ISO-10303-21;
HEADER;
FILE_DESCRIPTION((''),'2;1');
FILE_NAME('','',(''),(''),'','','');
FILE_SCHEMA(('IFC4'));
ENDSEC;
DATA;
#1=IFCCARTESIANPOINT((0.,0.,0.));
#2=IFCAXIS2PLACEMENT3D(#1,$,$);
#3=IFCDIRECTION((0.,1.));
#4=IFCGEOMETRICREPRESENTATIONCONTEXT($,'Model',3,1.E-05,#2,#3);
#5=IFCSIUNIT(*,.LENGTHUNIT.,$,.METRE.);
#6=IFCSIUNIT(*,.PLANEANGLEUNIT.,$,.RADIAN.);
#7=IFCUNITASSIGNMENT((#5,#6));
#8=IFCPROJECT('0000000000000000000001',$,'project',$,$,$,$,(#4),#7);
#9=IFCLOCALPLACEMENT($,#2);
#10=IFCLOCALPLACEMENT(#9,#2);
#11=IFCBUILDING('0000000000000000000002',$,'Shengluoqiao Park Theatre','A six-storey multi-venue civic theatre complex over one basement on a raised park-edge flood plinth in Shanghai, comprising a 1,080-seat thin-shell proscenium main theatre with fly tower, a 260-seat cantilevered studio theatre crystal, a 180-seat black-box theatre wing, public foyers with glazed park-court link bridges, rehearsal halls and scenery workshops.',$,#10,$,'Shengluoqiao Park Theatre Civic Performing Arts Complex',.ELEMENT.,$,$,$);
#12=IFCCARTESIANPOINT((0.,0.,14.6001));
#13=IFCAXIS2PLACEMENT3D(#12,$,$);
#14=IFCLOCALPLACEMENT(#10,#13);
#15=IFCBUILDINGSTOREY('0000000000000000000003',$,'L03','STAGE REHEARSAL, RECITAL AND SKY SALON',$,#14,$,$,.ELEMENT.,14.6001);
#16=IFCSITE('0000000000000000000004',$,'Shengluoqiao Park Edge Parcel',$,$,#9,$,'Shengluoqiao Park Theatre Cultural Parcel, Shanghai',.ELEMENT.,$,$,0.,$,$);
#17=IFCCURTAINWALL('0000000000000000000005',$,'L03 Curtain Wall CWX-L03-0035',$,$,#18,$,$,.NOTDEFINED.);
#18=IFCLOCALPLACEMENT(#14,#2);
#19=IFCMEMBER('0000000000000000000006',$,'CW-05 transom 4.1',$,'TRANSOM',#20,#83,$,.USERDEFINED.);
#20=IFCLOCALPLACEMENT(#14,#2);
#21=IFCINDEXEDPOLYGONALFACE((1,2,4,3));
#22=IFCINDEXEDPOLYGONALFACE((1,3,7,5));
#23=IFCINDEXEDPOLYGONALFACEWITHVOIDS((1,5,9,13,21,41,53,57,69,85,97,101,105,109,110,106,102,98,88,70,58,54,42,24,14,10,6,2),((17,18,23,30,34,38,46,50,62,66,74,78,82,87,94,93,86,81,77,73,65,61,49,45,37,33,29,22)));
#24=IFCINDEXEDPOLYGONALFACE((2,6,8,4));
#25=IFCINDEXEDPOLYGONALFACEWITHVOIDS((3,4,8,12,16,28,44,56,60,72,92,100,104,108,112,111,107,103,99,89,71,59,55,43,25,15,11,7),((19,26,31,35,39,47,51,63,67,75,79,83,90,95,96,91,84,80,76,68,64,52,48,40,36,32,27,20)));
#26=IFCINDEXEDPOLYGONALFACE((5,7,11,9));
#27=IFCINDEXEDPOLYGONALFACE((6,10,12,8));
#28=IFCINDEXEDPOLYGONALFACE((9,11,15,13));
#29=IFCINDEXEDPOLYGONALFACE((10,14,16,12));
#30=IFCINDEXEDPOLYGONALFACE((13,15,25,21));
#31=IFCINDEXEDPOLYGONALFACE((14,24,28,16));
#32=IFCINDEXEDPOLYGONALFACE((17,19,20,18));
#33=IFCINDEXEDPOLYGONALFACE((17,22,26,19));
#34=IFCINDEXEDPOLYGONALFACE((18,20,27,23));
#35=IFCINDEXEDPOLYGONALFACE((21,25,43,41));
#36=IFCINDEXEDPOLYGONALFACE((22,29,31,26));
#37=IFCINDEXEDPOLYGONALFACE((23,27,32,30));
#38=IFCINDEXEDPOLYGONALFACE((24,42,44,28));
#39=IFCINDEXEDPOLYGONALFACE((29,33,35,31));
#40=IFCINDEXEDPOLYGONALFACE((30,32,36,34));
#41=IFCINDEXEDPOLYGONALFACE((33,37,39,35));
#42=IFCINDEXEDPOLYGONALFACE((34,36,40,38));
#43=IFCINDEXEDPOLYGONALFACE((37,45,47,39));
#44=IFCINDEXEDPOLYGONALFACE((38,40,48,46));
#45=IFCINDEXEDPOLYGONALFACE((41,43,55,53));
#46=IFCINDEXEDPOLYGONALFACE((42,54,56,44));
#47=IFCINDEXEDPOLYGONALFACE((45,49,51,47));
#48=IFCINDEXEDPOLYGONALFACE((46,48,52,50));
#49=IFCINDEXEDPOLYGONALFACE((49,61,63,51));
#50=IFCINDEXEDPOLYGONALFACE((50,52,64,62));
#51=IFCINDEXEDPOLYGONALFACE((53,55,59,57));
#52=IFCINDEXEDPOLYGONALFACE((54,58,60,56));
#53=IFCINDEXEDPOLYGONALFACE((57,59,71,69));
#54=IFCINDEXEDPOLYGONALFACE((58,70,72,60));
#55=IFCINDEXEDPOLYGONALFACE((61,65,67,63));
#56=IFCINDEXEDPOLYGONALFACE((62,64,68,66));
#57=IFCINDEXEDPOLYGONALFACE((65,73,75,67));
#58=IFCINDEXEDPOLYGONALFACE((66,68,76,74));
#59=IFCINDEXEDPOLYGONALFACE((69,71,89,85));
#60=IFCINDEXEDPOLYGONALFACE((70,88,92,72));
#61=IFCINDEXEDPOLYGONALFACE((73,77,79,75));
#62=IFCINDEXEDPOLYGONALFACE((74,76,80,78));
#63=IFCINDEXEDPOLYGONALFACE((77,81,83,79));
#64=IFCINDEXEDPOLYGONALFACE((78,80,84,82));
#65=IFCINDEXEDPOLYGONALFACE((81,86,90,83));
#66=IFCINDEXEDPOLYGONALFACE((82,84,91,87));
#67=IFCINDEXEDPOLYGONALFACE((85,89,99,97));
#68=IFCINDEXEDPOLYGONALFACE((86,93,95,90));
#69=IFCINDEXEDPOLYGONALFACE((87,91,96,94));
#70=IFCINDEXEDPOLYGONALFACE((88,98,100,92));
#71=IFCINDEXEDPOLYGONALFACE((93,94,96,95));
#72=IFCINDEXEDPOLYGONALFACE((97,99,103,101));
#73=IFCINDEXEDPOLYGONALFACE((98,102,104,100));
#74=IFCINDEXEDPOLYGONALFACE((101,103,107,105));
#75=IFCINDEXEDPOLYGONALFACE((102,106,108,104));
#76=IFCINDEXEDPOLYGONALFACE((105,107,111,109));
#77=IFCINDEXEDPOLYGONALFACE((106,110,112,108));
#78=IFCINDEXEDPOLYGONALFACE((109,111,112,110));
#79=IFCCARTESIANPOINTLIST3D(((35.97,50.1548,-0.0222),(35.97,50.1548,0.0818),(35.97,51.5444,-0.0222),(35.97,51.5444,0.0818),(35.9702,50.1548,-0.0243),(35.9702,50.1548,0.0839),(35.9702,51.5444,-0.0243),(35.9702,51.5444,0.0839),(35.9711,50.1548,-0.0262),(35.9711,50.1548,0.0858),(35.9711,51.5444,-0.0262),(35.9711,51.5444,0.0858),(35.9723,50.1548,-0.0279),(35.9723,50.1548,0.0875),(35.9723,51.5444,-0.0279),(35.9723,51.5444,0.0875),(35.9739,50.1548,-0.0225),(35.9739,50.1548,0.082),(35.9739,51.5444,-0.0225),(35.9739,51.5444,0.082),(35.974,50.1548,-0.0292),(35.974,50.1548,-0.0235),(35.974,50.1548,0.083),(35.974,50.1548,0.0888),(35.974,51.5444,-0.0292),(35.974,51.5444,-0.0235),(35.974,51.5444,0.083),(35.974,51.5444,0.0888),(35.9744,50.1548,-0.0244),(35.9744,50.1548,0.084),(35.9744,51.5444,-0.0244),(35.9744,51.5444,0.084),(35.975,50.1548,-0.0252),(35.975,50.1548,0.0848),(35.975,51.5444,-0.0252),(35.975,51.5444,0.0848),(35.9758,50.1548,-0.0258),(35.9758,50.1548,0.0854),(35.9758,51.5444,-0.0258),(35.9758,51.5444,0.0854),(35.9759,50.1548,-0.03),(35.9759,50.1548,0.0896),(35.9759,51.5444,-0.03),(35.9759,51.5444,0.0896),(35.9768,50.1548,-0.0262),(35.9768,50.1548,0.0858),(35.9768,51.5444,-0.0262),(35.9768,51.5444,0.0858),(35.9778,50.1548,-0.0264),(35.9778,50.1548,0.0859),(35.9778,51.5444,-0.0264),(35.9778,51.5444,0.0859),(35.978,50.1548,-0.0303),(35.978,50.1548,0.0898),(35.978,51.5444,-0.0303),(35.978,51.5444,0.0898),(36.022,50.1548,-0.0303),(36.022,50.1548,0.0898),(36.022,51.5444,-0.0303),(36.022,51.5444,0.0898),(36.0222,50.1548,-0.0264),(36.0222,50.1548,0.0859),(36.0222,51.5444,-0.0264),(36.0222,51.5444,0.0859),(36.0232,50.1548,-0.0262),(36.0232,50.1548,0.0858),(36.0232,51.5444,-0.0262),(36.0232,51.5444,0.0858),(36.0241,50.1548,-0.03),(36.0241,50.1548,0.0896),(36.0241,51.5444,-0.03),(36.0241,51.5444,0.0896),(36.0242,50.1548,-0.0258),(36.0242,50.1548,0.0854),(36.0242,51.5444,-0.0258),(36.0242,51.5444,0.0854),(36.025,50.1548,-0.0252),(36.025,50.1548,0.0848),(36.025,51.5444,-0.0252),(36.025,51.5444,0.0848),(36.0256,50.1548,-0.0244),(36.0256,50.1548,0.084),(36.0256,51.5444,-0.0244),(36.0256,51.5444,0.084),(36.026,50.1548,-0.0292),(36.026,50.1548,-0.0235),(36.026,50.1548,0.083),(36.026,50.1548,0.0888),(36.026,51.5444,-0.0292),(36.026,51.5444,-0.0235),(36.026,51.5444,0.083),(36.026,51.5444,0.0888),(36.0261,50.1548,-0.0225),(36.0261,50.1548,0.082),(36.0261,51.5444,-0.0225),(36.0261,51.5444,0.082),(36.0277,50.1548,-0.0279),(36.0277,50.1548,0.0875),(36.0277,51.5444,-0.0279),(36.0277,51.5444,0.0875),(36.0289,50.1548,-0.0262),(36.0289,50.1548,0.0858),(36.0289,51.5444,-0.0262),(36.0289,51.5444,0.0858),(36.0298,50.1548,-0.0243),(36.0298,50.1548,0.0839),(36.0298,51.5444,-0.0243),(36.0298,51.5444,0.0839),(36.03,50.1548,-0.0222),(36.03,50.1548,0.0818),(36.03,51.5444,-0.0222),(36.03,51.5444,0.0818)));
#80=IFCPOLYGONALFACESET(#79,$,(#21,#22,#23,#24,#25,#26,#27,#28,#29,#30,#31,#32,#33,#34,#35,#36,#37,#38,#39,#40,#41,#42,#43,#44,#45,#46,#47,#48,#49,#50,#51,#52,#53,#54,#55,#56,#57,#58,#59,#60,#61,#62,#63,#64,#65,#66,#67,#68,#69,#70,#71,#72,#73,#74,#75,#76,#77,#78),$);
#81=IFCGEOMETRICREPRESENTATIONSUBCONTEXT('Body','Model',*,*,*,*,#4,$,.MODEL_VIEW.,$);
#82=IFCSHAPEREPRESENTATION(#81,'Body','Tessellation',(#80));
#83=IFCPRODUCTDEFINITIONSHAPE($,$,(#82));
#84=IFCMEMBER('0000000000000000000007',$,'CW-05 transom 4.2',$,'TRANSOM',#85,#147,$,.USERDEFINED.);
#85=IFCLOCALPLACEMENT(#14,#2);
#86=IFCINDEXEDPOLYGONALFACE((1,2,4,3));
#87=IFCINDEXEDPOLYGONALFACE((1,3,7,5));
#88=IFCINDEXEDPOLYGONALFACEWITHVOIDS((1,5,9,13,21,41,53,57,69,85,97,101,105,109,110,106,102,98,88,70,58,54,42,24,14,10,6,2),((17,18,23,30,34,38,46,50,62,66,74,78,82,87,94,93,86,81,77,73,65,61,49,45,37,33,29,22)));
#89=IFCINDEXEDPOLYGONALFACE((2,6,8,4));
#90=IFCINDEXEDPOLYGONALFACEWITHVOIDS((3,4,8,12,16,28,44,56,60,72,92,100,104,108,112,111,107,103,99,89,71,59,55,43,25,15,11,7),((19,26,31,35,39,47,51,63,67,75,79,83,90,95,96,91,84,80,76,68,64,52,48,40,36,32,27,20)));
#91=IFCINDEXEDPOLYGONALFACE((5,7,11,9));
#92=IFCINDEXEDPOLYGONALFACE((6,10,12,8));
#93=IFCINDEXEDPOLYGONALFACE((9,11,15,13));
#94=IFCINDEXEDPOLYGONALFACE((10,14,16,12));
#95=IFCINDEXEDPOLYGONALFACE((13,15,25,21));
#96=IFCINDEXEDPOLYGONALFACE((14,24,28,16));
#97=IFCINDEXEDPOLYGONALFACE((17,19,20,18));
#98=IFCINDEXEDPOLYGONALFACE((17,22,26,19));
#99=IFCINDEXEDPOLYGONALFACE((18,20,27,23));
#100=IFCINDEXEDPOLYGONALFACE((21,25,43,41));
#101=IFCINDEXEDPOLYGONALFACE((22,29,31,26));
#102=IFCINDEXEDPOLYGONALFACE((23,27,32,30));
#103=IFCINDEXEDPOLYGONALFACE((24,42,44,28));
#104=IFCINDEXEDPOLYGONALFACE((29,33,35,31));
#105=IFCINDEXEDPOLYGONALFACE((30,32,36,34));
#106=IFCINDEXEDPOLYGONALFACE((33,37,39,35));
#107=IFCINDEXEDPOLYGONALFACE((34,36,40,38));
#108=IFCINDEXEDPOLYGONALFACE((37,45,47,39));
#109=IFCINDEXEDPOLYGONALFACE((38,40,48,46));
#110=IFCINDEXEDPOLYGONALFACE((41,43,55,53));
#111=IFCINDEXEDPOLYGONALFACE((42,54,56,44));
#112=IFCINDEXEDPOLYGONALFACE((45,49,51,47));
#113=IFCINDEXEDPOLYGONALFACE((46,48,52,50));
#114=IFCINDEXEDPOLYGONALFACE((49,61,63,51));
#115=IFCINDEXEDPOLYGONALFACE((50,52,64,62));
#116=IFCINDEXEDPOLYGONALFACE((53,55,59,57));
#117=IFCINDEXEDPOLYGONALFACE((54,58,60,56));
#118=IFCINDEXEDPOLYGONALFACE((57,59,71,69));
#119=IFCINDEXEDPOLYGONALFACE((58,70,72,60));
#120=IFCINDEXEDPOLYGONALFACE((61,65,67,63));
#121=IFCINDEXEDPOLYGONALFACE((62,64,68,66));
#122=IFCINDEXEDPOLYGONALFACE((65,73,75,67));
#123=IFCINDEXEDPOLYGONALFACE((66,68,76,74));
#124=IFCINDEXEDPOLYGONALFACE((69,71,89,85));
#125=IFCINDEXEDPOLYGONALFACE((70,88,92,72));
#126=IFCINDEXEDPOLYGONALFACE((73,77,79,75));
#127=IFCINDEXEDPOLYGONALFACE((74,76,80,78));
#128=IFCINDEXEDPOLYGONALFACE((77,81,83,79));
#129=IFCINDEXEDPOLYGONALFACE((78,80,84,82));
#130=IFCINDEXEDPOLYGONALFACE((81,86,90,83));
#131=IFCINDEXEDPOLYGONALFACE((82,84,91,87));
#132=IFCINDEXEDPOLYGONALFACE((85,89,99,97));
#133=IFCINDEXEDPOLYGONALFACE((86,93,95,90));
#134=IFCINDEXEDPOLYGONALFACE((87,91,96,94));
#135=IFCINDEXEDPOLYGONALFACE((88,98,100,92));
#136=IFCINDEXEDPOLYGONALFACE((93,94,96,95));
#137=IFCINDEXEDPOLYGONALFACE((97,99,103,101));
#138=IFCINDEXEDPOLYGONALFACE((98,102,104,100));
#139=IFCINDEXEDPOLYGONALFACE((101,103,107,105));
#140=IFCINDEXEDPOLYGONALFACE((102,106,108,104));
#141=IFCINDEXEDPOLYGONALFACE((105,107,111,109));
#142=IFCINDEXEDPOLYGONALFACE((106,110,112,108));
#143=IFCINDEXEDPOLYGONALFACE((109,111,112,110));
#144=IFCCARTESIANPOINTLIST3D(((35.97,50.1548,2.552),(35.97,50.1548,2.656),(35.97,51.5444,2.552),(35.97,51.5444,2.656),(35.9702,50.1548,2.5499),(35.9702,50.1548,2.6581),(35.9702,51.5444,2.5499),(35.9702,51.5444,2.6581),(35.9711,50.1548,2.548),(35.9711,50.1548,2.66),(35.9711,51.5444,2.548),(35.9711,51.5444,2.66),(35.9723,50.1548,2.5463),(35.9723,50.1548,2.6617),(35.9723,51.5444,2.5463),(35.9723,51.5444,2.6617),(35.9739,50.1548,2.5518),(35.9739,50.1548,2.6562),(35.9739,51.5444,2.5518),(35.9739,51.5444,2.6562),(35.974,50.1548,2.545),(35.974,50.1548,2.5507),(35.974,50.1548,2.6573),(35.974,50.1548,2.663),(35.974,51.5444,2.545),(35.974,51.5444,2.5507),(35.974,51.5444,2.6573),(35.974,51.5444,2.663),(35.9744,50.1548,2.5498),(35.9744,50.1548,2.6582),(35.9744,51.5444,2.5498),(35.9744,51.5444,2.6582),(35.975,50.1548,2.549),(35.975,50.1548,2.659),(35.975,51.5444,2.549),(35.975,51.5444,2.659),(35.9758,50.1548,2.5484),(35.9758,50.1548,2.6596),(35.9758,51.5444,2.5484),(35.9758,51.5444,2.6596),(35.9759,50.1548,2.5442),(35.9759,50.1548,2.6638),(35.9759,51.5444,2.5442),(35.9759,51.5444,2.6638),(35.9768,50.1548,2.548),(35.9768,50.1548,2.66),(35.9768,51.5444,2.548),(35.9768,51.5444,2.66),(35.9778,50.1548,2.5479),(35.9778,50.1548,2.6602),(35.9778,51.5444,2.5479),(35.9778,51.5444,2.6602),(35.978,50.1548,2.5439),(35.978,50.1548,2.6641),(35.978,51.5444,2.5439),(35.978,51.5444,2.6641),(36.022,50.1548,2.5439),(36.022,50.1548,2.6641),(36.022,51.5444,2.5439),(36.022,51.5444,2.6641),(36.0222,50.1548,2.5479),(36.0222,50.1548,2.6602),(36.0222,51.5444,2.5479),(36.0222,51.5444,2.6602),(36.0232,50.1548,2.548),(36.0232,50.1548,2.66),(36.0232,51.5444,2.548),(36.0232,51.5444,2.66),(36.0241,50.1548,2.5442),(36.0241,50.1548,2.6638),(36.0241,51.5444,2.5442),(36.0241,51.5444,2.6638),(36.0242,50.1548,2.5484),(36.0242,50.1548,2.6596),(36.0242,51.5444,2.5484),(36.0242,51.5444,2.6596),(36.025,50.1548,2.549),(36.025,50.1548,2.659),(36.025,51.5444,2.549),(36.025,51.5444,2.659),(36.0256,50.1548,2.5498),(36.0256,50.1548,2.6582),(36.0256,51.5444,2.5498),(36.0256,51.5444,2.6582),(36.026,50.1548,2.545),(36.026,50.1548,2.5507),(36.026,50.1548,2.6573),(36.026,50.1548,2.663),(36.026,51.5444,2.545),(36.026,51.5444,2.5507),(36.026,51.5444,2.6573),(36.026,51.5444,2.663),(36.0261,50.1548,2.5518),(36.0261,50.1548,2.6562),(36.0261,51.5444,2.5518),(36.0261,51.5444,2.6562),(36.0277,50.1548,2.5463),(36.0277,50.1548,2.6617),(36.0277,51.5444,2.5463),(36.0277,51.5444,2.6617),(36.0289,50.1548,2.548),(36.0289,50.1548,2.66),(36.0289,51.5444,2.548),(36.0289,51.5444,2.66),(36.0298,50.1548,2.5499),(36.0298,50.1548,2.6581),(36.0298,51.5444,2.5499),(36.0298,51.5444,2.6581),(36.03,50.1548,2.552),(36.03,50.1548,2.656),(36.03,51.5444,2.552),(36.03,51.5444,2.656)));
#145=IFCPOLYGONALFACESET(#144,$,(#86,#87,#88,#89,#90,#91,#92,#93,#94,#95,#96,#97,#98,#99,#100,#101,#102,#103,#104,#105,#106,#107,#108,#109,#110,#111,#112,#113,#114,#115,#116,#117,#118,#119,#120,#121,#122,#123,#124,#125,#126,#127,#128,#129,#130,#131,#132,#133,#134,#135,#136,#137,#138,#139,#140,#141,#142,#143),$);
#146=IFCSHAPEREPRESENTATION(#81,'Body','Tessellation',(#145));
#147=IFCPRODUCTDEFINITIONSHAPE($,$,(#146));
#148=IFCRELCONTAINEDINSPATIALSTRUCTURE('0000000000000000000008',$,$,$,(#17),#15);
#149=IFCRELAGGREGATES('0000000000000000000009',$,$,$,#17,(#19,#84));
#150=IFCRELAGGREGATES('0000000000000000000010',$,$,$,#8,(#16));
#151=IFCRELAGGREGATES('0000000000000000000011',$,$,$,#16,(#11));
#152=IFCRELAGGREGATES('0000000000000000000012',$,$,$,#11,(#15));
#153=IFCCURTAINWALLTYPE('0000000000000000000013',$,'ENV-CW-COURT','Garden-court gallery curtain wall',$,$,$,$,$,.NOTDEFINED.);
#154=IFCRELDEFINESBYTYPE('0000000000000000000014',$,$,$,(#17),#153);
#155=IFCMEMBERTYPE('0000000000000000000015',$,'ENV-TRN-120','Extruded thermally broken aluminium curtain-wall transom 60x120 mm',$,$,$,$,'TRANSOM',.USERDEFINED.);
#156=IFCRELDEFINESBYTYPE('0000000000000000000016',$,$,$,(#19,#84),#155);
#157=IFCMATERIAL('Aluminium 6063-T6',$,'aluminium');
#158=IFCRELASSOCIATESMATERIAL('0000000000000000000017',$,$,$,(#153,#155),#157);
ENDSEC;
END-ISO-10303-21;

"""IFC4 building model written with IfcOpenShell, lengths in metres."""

from ifc_helpers import new_model, si_unit, direction, frame, origin, origin_2d, place, context, subcontext, project, spatial, hollow_rectangle, extrude, material, material_profile, profile_set, type_object, element, aggregate, save


model = new_model("IFC4")

# Units and contexts
model_context = context("Model", 3, precision=1e-05, world=origin(), true_north=direction((0.0, 1.0)))
body_context = subcontext(model_context, "Body", "Model", "MODEL_VIEW")
ifc_project = project(units=[si_unit("LENGTHUNIT", "METRE"), si_unit("PLANEANGLEUNIT", "RADIAN")], contexts=[model_context])

# Site, building, storey
site_placement = place(None, origin())
site = spatial("IfcSite", under=ifc_project, at=site_placement, Name="Shengluoqiao Park Edge Parcel", LongName="Shengluoqiao Park Theatre Cultural Parcel, Shanghai", CompositionType="ELEMENT", RefElevation=0.0)
building_placement = place(site_placement, origin())
building = spatial("IfcBuilding", under=site, at=building_placement, Name="Shengluoqiao Park Theatre", Description="A six-storey multi-venue civic theatre complex over one basement on a raised park-edge flood plinth in Shanghai, comprising a 1,080-seat thin-shell proscenium main theatre with fly tower, a 260-seat cantilevered studio theatre crystal, a 180-seat black-box theatre wing, public foyers with glazed park-court link bridges, rehearsal halls and scenery workshops.", LongName="Shengluoqiao Park Theatre Civic Performing Arts Complex", CompositionType="ELEMENT")
storey_placement = place(building_placement, frame((0.0, 0.0, 14.6001)))
storey = spatial("IfcBuildingStorey", under=building, at=storey_placement, Name="L03", Description="STAGE REHEARSAL, RECITAL AND SKY SALON", CompositionType="ELEMENT", Elevation=14.6001)

# Curtain wall, members
ifc_material_1 = material(Name="Aluminium 6063-T6", Category="aluminium")
curtain_wall_type = type_object("IfcCurtainWallType", Name="ENV-CW-COURT", Description="Garden-court gallery curtain wall", PredefinedType="NOTDEFINED", material=ifc_material_1)
curtain_wall_placement = place(storey_placement, origin())
curtain_wall = element("IfcCurtainWall", 1, at=curtain_wall_placement, inside=storey, type_object=curtain_wall_type, Name="L03 Curtain Wall CWX-L03-0035", PredefinedType="NOTDEFINED")
ifc_material_profile_1 = material_profile(ifc_material_1, hollow_rectangle(XDim=0.0601, YDim=0.1201, WallThickness=0.0039, InnerFilletRadius=0.0039, OuterFilletRadius=0.0081, at=origin_2d()), Name="ALU TRANSOM 120x60x4")
ifc_profile_set_1 = profile_set([ifc_material_profile_1], Name="Aluminium 6063-T6")
member_type_1 = type_object("IfcMemberType", Name="ENV-TRN-120", Description="Extruded thermally broken aluminium curtain-wall transom 60x120 mm", ElementType="TRANSOM", PredefinedType="USERDEFINED", material=ifc_profile_set_1)
member_1_placement = place(storey_placement, frame((36.0, 50.1548, 0.0298), z_axis=(0.0, 1.0, 0.0), x_axis=(-1.0, 0.0, 0.0)))
member_1 = element("IfcMember", 2, at=member_1_placement, type_object=member_type_1, Name="CW-05 transom 4.1", ObjectType="TRANSOM", PredefinedType="USERDEFINED", context=body_context, shape_type="SweptSolid", body=[
    extrude(hollow_rectangle(XDim=0.0601, YDim=0.1201, WallThickness=0.0039, InnerFilletRadius=0.0039, OuterFilletRadius=0.0081, at=origin_2d()), origin(), (0.0, 0.0, 1.0), 1.3896),
])
member_2_placement = place(storey_placement, frame((36.0, 50.1548, 2.604), z_axis=(0.0, 1.0, 0.0), x_axis=(-1.0, 0.0, 0.0)))
member_2 = element("IfcMember", 3, at=member_2_placement, type_object=member_type_1, Name="CW-05 transom 4.2", ObjectType="TRANSOM", PredefinedType="USERDEFINED", context=body_context, shape_type="SweptSolid", body=[
    extrude(hollow_rectangle(XDim=0.0601, YDim=0.1201, WallThickness=0.0039, InnerFilletRadius=0.0039, OuterFilletRadius=0.0081, at=origin_2d()), origin(), (0.0, 0.0, 1.0), 1.3896),
])

aggregate(curtain_wall, [member_1, member_2])

save(model, "model.ifc")
